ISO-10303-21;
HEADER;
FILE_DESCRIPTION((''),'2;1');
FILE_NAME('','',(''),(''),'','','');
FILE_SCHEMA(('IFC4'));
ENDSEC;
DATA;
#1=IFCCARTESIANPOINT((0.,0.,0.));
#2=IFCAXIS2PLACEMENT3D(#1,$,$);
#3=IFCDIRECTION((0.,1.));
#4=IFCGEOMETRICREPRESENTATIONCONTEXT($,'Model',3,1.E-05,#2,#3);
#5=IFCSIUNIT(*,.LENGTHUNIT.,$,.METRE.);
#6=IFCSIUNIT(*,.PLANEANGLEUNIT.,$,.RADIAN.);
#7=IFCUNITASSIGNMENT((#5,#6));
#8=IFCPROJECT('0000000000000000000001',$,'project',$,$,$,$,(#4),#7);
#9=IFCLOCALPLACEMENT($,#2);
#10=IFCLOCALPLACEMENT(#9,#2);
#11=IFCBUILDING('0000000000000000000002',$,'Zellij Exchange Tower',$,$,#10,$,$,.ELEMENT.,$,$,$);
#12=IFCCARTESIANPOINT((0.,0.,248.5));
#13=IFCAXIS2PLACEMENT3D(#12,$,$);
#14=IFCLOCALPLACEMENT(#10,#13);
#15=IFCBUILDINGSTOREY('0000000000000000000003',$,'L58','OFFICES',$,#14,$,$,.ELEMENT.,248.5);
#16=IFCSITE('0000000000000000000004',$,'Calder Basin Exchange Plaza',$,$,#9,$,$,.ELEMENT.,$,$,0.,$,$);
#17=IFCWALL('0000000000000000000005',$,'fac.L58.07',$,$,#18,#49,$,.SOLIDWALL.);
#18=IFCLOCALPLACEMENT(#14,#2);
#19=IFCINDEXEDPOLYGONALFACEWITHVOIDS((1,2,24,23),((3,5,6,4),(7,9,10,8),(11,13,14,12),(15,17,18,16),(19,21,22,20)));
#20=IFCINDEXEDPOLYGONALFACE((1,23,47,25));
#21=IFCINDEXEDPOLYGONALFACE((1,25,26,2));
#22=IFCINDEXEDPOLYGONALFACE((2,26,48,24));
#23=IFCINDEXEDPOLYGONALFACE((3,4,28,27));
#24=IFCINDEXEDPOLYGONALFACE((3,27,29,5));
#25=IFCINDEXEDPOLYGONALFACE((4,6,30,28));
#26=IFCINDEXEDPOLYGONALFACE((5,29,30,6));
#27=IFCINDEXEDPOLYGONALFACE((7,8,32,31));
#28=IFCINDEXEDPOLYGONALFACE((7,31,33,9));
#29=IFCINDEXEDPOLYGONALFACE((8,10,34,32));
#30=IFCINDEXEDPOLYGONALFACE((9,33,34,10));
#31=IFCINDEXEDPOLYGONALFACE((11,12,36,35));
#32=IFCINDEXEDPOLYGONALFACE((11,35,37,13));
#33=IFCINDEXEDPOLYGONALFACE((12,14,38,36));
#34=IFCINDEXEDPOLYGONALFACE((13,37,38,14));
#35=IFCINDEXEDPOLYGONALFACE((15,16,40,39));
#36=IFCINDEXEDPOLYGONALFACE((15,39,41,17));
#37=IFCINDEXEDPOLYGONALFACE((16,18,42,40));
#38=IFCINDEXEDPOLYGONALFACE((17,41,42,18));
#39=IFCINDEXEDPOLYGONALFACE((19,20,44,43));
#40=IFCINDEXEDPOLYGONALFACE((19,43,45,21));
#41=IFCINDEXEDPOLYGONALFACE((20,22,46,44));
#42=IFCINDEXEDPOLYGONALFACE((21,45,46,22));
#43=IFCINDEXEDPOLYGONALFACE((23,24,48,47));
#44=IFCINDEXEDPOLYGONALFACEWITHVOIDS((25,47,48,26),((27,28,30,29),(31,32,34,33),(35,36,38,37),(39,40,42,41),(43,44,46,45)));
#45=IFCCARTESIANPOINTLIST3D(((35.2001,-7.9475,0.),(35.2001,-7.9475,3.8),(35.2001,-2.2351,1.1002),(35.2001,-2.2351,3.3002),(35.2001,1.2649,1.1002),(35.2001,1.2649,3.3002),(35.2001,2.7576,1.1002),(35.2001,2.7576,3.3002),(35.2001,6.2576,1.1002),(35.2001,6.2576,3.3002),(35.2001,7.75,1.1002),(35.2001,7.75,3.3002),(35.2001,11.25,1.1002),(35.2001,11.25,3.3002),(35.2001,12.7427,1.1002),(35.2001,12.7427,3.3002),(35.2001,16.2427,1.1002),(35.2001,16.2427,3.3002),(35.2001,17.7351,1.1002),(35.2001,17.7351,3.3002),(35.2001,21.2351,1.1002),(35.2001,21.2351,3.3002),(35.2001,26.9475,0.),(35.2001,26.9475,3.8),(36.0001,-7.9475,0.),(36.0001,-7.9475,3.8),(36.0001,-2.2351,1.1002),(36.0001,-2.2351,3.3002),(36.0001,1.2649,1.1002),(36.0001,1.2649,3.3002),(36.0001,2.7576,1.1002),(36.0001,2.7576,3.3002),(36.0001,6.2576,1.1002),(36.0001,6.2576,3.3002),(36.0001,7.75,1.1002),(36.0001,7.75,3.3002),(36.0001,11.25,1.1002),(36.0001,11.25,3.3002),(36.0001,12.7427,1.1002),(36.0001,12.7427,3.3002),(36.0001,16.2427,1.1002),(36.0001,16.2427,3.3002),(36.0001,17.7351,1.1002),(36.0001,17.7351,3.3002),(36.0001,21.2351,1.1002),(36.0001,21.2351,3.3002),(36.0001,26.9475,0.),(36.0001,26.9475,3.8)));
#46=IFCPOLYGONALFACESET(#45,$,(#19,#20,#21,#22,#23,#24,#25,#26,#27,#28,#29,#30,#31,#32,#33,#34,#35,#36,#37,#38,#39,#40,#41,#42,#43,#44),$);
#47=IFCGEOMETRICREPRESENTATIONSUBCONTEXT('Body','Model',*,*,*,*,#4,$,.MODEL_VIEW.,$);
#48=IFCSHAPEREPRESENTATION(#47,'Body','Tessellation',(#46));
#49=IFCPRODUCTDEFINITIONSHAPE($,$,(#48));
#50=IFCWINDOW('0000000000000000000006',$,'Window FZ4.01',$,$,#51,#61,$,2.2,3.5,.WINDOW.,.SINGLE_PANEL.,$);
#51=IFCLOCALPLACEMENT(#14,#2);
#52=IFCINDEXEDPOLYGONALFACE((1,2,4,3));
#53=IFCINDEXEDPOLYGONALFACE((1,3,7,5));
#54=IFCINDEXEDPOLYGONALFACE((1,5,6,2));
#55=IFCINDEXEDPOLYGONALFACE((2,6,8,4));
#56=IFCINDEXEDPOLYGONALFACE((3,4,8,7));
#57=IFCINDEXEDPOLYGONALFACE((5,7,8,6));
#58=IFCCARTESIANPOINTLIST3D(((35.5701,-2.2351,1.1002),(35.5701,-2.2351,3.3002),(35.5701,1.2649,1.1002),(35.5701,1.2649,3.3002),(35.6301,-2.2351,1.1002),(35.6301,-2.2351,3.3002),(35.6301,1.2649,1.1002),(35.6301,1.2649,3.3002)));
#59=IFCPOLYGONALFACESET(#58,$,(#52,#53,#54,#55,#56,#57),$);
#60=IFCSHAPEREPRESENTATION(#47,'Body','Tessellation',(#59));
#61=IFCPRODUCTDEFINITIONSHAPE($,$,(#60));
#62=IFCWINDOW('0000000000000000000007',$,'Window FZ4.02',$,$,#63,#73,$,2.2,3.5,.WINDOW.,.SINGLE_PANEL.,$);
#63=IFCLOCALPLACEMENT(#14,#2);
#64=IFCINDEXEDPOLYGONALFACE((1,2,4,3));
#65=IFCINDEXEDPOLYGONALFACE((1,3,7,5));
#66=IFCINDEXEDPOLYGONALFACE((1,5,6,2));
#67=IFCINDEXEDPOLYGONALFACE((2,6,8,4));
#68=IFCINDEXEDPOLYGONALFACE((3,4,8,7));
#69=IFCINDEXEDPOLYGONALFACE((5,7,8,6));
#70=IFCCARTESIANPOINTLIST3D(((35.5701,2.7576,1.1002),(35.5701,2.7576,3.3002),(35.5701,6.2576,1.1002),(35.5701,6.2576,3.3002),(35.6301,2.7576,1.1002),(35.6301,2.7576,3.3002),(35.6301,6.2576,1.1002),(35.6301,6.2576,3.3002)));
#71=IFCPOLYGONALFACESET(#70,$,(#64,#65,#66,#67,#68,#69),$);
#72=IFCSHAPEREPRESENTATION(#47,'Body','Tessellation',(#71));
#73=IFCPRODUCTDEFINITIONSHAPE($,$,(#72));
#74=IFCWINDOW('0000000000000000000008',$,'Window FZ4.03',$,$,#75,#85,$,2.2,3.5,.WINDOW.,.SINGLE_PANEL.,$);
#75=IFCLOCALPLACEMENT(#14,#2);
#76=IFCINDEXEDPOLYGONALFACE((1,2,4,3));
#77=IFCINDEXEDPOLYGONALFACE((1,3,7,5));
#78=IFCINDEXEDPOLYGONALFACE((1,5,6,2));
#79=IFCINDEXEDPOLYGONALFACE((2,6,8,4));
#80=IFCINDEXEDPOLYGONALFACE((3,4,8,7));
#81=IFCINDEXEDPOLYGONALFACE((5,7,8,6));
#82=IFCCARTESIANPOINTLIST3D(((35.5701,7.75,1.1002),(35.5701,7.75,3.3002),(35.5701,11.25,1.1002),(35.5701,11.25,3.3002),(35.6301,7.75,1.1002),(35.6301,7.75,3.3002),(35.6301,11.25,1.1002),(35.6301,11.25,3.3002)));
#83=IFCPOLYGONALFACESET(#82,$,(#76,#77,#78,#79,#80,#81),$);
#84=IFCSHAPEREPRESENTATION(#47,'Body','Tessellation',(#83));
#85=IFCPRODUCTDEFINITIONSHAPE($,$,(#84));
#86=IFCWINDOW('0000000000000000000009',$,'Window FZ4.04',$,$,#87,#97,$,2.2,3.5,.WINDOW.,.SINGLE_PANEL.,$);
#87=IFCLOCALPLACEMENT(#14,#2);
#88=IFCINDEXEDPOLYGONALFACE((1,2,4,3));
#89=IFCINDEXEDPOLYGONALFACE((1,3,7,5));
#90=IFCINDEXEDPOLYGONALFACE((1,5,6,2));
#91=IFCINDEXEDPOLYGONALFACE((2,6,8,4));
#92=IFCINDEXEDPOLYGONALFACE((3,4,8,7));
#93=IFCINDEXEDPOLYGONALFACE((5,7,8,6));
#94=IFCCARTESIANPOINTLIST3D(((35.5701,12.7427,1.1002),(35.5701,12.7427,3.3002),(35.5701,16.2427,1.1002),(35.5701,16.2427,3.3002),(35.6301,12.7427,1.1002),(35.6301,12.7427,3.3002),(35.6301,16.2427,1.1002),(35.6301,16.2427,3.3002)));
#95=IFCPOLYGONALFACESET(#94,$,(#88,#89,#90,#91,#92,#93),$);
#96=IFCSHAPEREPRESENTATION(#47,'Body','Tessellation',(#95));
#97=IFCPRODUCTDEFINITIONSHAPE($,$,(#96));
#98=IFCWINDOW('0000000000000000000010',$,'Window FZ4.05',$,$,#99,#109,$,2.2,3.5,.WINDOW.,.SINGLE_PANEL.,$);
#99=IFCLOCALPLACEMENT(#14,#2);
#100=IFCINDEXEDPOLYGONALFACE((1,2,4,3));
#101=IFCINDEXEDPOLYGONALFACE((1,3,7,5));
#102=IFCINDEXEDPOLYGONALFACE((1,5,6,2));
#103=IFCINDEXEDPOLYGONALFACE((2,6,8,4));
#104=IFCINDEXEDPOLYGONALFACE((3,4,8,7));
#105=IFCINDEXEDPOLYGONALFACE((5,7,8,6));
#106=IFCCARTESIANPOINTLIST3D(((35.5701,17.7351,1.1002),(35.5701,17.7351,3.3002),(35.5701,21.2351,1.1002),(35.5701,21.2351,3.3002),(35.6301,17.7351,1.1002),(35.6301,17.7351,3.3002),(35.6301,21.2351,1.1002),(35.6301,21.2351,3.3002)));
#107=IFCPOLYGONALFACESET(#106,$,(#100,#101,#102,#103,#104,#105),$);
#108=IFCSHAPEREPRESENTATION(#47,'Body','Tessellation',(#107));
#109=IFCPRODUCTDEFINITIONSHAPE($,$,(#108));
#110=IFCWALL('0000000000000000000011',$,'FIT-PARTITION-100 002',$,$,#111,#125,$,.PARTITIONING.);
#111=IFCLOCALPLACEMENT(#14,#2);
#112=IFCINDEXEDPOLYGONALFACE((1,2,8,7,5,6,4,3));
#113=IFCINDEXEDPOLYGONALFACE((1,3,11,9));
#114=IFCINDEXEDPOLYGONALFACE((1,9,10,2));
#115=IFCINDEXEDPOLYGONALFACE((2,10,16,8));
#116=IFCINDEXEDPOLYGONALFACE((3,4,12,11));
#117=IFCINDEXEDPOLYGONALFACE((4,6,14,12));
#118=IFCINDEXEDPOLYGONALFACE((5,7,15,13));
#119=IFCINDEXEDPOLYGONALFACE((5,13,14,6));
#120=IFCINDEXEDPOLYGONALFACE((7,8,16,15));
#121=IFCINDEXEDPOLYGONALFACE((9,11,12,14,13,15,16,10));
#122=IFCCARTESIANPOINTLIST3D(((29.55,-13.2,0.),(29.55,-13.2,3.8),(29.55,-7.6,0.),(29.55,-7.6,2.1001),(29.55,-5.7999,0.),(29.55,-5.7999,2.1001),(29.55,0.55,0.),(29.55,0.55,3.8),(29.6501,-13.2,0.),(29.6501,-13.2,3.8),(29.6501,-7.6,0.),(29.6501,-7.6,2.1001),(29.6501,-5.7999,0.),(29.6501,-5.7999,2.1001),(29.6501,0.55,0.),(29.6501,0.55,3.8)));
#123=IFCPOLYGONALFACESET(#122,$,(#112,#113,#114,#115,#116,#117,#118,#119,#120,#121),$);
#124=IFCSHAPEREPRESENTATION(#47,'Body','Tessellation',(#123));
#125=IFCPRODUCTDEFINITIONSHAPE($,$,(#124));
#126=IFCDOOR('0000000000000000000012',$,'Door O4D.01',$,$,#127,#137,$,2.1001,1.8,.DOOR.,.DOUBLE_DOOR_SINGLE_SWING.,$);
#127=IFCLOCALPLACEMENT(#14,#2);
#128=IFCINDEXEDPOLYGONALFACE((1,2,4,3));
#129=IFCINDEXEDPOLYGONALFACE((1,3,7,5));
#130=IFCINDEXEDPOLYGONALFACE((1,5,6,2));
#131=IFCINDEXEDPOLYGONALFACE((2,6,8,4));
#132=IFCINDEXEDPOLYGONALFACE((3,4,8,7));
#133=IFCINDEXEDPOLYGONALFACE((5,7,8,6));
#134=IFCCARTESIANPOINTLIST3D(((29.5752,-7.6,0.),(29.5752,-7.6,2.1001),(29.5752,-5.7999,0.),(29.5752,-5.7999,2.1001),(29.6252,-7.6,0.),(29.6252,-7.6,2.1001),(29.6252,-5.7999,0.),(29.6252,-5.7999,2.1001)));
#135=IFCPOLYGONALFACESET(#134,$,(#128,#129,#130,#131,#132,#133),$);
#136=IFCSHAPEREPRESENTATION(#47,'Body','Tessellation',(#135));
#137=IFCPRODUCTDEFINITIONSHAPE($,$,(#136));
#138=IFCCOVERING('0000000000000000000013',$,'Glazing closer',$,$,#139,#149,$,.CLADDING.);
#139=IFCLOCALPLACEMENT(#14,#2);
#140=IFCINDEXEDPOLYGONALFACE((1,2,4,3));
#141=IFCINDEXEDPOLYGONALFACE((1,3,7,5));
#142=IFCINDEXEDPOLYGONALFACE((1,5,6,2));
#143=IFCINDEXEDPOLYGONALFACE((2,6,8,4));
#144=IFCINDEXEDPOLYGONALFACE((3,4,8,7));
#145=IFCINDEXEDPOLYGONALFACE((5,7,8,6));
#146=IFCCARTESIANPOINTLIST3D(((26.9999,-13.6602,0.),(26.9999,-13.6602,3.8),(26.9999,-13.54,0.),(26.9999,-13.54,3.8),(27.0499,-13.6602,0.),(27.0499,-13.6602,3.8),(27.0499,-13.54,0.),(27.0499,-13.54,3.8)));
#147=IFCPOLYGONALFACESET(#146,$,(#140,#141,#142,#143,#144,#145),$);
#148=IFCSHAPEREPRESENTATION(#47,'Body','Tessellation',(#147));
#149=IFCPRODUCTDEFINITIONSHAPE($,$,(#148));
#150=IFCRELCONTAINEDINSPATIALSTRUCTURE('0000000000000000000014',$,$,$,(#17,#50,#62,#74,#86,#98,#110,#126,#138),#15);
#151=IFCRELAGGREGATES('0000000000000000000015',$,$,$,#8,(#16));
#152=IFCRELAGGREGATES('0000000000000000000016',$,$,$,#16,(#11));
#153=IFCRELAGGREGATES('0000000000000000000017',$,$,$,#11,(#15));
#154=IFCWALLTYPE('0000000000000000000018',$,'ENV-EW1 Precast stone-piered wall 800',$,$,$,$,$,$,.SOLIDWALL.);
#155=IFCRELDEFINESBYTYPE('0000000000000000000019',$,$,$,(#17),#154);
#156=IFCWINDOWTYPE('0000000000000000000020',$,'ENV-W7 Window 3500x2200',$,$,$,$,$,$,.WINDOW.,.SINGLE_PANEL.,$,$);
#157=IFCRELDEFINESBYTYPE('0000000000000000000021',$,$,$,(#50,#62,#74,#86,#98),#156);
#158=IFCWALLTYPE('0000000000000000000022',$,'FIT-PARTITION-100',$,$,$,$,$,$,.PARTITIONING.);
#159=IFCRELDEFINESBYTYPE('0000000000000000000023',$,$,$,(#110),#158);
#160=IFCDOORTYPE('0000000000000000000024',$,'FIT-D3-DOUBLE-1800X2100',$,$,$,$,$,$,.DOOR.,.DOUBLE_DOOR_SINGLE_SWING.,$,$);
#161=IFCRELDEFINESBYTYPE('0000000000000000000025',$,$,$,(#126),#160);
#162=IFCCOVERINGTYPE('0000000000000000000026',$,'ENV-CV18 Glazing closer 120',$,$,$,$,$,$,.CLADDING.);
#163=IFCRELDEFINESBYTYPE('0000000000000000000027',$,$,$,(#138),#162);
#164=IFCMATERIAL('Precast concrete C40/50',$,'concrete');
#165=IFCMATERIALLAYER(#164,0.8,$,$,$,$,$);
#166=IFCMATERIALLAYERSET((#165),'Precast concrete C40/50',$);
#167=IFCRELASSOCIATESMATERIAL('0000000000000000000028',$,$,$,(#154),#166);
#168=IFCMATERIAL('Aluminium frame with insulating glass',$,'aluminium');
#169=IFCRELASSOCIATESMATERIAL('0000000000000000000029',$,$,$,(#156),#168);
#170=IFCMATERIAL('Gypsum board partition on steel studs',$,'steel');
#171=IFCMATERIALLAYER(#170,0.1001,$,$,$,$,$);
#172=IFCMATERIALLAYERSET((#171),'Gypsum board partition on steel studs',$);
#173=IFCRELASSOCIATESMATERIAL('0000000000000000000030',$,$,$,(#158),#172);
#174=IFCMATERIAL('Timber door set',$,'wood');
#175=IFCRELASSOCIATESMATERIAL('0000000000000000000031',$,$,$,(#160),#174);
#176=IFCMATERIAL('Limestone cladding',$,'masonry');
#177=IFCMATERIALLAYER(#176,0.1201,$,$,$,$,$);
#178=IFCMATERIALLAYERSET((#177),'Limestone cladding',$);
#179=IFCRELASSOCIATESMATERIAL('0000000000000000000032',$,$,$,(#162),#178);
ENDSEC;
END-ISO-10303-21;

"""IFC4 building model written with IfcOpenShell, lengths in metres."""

from ifc_helpers import new_model, si_unit, direction, frame, frame_2d, origin, origin_2d, place, context, subcontext, project, spatial, rectangle, extrude, material, layer, layer_set, type_object, element, fill, save


model = new_model("IFC4")

# Units and contexts
model_context = context("Model", 3, precision=1e-05, world=origin(), true_north=direction((0.0, 1.0)))
body_context = subcontext(model_context, "Body", "Model", "MODEL_VIEW")
ifc_project = project(units=[si_unit("LENGTHUNIT", "METRE"), si_unit("PLANEANGLEUNIT", "RADIAN")], contexts=[model_context])

# Site, building, storey
site_placement = place(None, origin())
site = spatial("IfcSite", under=ifc_project, at=site_placement, Name="Calder Basin Exchange Plaza", CompositionType="ELEMENT", RefElevation=0.0)
building_placement = place(site_placement, origin())
building = spatial("IfcBuilding", under=site, at=building_placement, Name="Zellij Exchange Tower", CompositionType="ELEMENT")
storey_placement = place(building_placement, frame((0.0, 0.0, 248.5)))
storey = spatial("IfcBuildingStorey", under=building, at=storey_placement, Name="L58", Description="OFFICES", CompositionType="ELEMENT", Elevation=248.5)

# Shared definitions
ifc_material_1 = material(Name="Precast concrete C40/50", Category="concrete")
ifc_layer_1 = layer(ifc_material_1, 0.8)
ifc_layer_set_1 = layer_set([ifc_layer_1], Name="Precast concrete C40/50")
wall_type_1 = type_object("IfcWallType", Name="ENV-EW1 Precast stone-piered wall 800", PredefinedType="SOLIDWALL", material=ifc_layer_set_1)

# Wall, openings, windows
wall_1_placement = place(storey_placement, frame((35.6001, -7.9475, 0.0), z_axis=(0.0, 0.0, 1.0), x_axis=(0.0, 1.0, 0.0)))
wall_1 = element("IfcWall", 1, at=wall_1_placement, inside=storey, type_object=wall_type_1, Name="fac.L58.07", PredefinedType="SOLIDWALL", context=body_context, shape_type="SweptSolid", body=[
    extrude(rectangle(XDim=34.895, YDim=0.8, at=frame_2d((17.4475, 0.0))), origin(), (0.0, 0.0, 1.0), 3.8),
])
opening_1_placement = place(wall_1_placement, frame((5.7124, 0.0, 1.1001)))
opening_1 = element("IfcOpeningElement", 2, at=opening_1_placement, cuts=wall_1, PredefinedType="OPENING", context=body_context, shape_type="SweptSolid", body=[
    extrude(rectangle(XDim=3.5, YDim=2.2, at=frame_2d((1.75, 1.1001))), frame((0.0, 0.4121, 0.0), z_axis=(0.0, -1.0, 0.0), x_axis=(1.0, 0.0, 0.0)), (0.0, 0.0, 1.0), 0.824),
])
opening_2_placement = place(wall_1_placement, frame((10.7051, 0.0, 1.1001)))
opening_2 = element("IfcOpeningElement", 3, at=opening_2_placement, cuts=wall_1, PredefinedType="OPENING", context=body_context, shape_type="SweptSolid", body=[
    extrude(rectangle(XDim=3.5, YDim=2.2, at=frame_2d((1.75, 1.1001))), frame((0.0, 0.4121, 0.0), z_axis=(0.0, -1.0, 0.0), x_axis=(1.0, 0.0, 0.0)), (0.0, 0.0, 1.0), 0.824),
])
opening_3_placement = place(wall_1_placement, frame((15.6975, 0.0, 1.1001)))
opening_3 = element("IfcOpeningElement", 4, at=opening_3_placement, cuts=wall_1, PredefinedType="OPENING", context=body_context, shape_type="SweptSolid", body=[
    extrude(rectangle(XDim=3.5, YDim=2.2, at=frame_2d((1.75, 1.1001))), frame((0.0, 0.4121, 0.0), z_axis=(0.0, -1.0, 0.0), x_axis=(1.0, 0.0, 0.0)), (0.0, 0.0, 1.0), 0.824),
])
opening_4_placement = place(wall_1_placement, frame((20.6902, 0.0, 1.1001)))
opening_4 = element("IfcOpeningElement", 5, at=opening_4_placement, cuts=wall_1, PredefinedType="OPENING", context=body_context, shape_type="SweptSolid", body=[
    extrude(rectangle(XDim=3.5, YDim=2.2, at=frame_2d((1.75, 1.1001))), frame((0.0, 0.4121, 0.0), z_axis=(0.0, -1.0, 0.0), x_axis=(1.0, 0.0, 0.0)), (0.0, 0.0, 1.0), 0.824),
])
opening_5_placement = place(wall_1_placement, frame((25.6826, 0.0, 1.1001)))
opening_5 = element("IfcOpeningElement", 6, at=opening_5_placement, cuts=wall_1, PredefinedType="OPENING", context=body_context, shape_type="SweptSolid", body=[
    extrude(rectangle(XDim=3.5, YDim=2.2, at=frame_2d((1.75, 1.1001))), frame((0.0, 0.4121, 0.0), z_axis=(0.0, -1.0, 0.0), x_axis=(1.0, 0.0, 0.0)), (0.0, 0.0, 1.0), 0.824),
])
ifc_material_2 = material(Name="Aluminium frame with insulating glass", Category="aluminium")
window_type = type_object("IfcWindowType", Name="ENV-W7 Window 3500x2200", PartitioningType="SINGLE_PANEL", PredefinedType="WINDOW", material=ifc_material_2)
window_1_placement = place(opening_1_placement, origin())
window_1 = element("IfcWindow", 7, at=window_1_placement, inside=storey, type_object=window_type, Name="Window FZ4.01", OverallHeight=2.2, OverallWidth=3.5, PartitioningType="SINGLE_PANEL", PredefinedType="WINDOW", context=body_context, shape_type="SweptSolid", body=[
    extrude(rectangle(XDim=3.5, YDim=2.2, at=frame_2d((1.75, 1.1001))), frame((0.0, 0.03, 0.0), z_axis=(0.0, -1.0, 0.0), x_axis=(1.0, 0.0, 0.0)), (0.0, 0.0, 1.0), 0.0601),
])
fill(opening_1, window_1)
window_2_placement = place(opening_2_placement, origin())
window_2 = element("IfcWindow", 8, at=window_2_placement, inside=storey, type_object=window_type, Name="Window FZ4.02", OverallHeight=2.2, OverallWidth=3.5, PartitioningType="SINGLE_PANEL", PredefinedType="WINDOW", context=body_context, shape_type="SweptSolid", body=[
    extrude(rectangle(XDim=3.5, YDim=2.2, at=frame_2d((1.75, 1.1001))), frame((0.0, 0.03, 0.0), z_axis=(0.0, -1.0, 0.0), x_axis=(1.0, 0.0, 0.0)), (0.0, 0.0, 1.0), 0.0601),
])
fill(opening_2, window_2)
window_3_placement = place(opening_3_placement, origin())
window_3 = element("IfcWindow", 9, at=window_3_placement, inside=storey, type_object=window_type, Name="Window FZ4.03", OverallHeight=2.2, OverallWidth=3.5, PartitioningType="SINGLE_PANEL", PredefinedType="WINDOW", context=body_context, shape_type="SweptSolid", body=[
    extrude(rectangle(XDim=3.5, YDim=2.2, at=frame_2d((1.75, 1.1001))), frame((0.0, 0.03, 0.0), z_axis=(0.0, -1.0, 0.0), x_axis=(1.0, 0.0, 0.0)), (0.0, 0.0, 1.0), 0.0601),
])
fill(opening_3, window_3)
window_4_placement = place(opening_4_placement, origin())
window_4 = element("IfcWindow", 10, at=window_4_placement, inside=storey, type_object=window_type, Name="Window FZ4.04", OverallHeight=2.2, OverallWidth=3.5, PartitioningType="SINGLE_PANEL", PredefinedType="WINDOW", context=body_context, shape_type="SweptSolid", body=[
    extrude(rectangle(XDim=3.5, YDim=2.2, at=frame_2d((1.75, 1.1001))), frame((0.0, 0.03, 0.0), z_axis=(0.0, -1.0, 0.0), x_axis=(1.0, 0.0, 0.0)), (0.0, 0.0, 1.0), 0.0601),
])
fill(opening_4, window_4)
window_5_placement = place(opening_5_placement, origin())
window_5 = element("IfcWindow", 11, at=window_5_placement, inside=storey, type_object=window_type, Name="Window FZ4.05", OverallHeight=2.2, OverallWidth=3.5, PartitioningType="SINGLE_PANEL", PredefinedType="WINDOW", context=body_context, shape_type="SweptSolid", body=[
    extrude(rectangle(XDim=3.5, YDim=2.2, at=frame_2d((1.75, 1.1001))), frame((0.0, 0.03, 0.0), z_axis=(0.0, -1.0, 0.0), x_axis=(1.0, 0.0, 0.0)), (0.0, 0.0, 1.0), 0.0601),
])
fill(opening_5, window_5)

# Wall, opening, door
ifc_material_3 = material(Name="Gypsum board partition on steel studs", Category="steel")
ifc_layer_2 = layer(ifc_material_3, 0.1001)
ifc_layer_set_2 = layer_set([ifc_layer_2], Name="Gypsum board partition on steel studs")
wall_type_2 = type_object("IfcWallType", Name="FIT-PARTITION-100", PredefinedType="PARTITIONING", material=ifc_layer_set_2)
wall_2_placement = place(storey_placement, frame((29.6001, -13.2, 0.0), z_axis=(0.0, 0.0, 1.0), x_axis=(0.0, 1.0, 0.0)))
wall_2 = element("IfcWall", 12, at=wall_2_placement, inside=storey, type_object=wall_type_2, Name="FIT-PARTITION-100 002", PredefinedType="PARTITIONING", context=body_context, shape_type="SweptSolid", body=[
    extrude(rectangle(XDim=13.75, YDim=0.1001, at=frame_2d((6.875, 0.0))), origin(), (0.0, 0.0, 1.0), 3.8),
])
opening_6_placement = place(wall_2_placement, frame((5.6001, 0.0, 0.0)))
opening_6 = element("IfcOpeningElement", 13, at=opening_6_placement, cuts=wall_2, PredefinedType="OPENING", context=body_context, shape_type="SweptSolid", body=[
    extrude(rectangle(XDim=1.8, YDim=2.1001, at=frame_2d((0.8999, 1.05))), frame((0.0, 0.062, 0.0), z_axis=(0.0, -1.0, 0.0), x_axis=(1.0, 0.0, 0.0)), (0.0, 0.0, 1.0), 0.124),
])
ifc_material_4 = material(Name="Timber door set", Category="wood")
door_type_1 = type_object("IfcDoorType", Name="FIT-D3-DOUBLE-1800X2100", OperationType="DOUBLE_DOOR_SINGLE_SWING", PredefinedType="DOOR", material=ifc_material_4)
door_1_placement = place(opening_6_placement, origin())
door_1 = element("IfcDoor", 14, at=door_1_placement, inside=storey, type_object=door_type_1, Name="Door O4D.01", OperationType="DOUBLE_DOOR_SINGLE_SWING", OverallHeight=2.1001, OverallWidth=1.8, PredefinedType="DOOR", context=body_context, shape_type="SweptSolid", body=[
    extrude(rectangle(XDim=1.8, YDim=2.1001, at=frame_2d((0.8999, 1.05))), frame((0.0, 0.0249, 0.0), z_axis=(0.0, -1.0, 0.0), x_axis=(1.0, 0.0, 0.0)), (0.0, 0.0, 1.0), 0.05),
])
fill(opening_6, door_1)

# Covering
ifc_material_5 = material(Name="Limestone cladding", Category="masonry")
ifc_layer_3 = layer(ifc_material_5, 0.1201)
ifc_layer_set_3 = layer_set([ifc_layer_3], Name="Limestone cladding")
covering_type = type_object("IfcCoveringType", Name="ENV-CV18 Glazing closer 120", PredefinedType="CLADDING", material=ifc_layer_set_3)
covering_placement = place(storey_placement, frame((27.0249, -13.6001, 0.0), z_axis=(0.0, 0.0, 1.0), x_axis=(-1.0, 0.0, 0.0)))
element("IfcCovering", 15, at=covering_placement, inside=storey, type_object=covering_type, Name="Glazing closer", PredefinedType="CLADDING", context=body_context, shape_type="SweptSolid", body=[
    extrude(rectangle(XDim=0.05, YDim=0.1201, at=origin_2d()), origin(), (0.0, 0.0, 1.0), 3.8),
])

save(model, "model.ifc")
